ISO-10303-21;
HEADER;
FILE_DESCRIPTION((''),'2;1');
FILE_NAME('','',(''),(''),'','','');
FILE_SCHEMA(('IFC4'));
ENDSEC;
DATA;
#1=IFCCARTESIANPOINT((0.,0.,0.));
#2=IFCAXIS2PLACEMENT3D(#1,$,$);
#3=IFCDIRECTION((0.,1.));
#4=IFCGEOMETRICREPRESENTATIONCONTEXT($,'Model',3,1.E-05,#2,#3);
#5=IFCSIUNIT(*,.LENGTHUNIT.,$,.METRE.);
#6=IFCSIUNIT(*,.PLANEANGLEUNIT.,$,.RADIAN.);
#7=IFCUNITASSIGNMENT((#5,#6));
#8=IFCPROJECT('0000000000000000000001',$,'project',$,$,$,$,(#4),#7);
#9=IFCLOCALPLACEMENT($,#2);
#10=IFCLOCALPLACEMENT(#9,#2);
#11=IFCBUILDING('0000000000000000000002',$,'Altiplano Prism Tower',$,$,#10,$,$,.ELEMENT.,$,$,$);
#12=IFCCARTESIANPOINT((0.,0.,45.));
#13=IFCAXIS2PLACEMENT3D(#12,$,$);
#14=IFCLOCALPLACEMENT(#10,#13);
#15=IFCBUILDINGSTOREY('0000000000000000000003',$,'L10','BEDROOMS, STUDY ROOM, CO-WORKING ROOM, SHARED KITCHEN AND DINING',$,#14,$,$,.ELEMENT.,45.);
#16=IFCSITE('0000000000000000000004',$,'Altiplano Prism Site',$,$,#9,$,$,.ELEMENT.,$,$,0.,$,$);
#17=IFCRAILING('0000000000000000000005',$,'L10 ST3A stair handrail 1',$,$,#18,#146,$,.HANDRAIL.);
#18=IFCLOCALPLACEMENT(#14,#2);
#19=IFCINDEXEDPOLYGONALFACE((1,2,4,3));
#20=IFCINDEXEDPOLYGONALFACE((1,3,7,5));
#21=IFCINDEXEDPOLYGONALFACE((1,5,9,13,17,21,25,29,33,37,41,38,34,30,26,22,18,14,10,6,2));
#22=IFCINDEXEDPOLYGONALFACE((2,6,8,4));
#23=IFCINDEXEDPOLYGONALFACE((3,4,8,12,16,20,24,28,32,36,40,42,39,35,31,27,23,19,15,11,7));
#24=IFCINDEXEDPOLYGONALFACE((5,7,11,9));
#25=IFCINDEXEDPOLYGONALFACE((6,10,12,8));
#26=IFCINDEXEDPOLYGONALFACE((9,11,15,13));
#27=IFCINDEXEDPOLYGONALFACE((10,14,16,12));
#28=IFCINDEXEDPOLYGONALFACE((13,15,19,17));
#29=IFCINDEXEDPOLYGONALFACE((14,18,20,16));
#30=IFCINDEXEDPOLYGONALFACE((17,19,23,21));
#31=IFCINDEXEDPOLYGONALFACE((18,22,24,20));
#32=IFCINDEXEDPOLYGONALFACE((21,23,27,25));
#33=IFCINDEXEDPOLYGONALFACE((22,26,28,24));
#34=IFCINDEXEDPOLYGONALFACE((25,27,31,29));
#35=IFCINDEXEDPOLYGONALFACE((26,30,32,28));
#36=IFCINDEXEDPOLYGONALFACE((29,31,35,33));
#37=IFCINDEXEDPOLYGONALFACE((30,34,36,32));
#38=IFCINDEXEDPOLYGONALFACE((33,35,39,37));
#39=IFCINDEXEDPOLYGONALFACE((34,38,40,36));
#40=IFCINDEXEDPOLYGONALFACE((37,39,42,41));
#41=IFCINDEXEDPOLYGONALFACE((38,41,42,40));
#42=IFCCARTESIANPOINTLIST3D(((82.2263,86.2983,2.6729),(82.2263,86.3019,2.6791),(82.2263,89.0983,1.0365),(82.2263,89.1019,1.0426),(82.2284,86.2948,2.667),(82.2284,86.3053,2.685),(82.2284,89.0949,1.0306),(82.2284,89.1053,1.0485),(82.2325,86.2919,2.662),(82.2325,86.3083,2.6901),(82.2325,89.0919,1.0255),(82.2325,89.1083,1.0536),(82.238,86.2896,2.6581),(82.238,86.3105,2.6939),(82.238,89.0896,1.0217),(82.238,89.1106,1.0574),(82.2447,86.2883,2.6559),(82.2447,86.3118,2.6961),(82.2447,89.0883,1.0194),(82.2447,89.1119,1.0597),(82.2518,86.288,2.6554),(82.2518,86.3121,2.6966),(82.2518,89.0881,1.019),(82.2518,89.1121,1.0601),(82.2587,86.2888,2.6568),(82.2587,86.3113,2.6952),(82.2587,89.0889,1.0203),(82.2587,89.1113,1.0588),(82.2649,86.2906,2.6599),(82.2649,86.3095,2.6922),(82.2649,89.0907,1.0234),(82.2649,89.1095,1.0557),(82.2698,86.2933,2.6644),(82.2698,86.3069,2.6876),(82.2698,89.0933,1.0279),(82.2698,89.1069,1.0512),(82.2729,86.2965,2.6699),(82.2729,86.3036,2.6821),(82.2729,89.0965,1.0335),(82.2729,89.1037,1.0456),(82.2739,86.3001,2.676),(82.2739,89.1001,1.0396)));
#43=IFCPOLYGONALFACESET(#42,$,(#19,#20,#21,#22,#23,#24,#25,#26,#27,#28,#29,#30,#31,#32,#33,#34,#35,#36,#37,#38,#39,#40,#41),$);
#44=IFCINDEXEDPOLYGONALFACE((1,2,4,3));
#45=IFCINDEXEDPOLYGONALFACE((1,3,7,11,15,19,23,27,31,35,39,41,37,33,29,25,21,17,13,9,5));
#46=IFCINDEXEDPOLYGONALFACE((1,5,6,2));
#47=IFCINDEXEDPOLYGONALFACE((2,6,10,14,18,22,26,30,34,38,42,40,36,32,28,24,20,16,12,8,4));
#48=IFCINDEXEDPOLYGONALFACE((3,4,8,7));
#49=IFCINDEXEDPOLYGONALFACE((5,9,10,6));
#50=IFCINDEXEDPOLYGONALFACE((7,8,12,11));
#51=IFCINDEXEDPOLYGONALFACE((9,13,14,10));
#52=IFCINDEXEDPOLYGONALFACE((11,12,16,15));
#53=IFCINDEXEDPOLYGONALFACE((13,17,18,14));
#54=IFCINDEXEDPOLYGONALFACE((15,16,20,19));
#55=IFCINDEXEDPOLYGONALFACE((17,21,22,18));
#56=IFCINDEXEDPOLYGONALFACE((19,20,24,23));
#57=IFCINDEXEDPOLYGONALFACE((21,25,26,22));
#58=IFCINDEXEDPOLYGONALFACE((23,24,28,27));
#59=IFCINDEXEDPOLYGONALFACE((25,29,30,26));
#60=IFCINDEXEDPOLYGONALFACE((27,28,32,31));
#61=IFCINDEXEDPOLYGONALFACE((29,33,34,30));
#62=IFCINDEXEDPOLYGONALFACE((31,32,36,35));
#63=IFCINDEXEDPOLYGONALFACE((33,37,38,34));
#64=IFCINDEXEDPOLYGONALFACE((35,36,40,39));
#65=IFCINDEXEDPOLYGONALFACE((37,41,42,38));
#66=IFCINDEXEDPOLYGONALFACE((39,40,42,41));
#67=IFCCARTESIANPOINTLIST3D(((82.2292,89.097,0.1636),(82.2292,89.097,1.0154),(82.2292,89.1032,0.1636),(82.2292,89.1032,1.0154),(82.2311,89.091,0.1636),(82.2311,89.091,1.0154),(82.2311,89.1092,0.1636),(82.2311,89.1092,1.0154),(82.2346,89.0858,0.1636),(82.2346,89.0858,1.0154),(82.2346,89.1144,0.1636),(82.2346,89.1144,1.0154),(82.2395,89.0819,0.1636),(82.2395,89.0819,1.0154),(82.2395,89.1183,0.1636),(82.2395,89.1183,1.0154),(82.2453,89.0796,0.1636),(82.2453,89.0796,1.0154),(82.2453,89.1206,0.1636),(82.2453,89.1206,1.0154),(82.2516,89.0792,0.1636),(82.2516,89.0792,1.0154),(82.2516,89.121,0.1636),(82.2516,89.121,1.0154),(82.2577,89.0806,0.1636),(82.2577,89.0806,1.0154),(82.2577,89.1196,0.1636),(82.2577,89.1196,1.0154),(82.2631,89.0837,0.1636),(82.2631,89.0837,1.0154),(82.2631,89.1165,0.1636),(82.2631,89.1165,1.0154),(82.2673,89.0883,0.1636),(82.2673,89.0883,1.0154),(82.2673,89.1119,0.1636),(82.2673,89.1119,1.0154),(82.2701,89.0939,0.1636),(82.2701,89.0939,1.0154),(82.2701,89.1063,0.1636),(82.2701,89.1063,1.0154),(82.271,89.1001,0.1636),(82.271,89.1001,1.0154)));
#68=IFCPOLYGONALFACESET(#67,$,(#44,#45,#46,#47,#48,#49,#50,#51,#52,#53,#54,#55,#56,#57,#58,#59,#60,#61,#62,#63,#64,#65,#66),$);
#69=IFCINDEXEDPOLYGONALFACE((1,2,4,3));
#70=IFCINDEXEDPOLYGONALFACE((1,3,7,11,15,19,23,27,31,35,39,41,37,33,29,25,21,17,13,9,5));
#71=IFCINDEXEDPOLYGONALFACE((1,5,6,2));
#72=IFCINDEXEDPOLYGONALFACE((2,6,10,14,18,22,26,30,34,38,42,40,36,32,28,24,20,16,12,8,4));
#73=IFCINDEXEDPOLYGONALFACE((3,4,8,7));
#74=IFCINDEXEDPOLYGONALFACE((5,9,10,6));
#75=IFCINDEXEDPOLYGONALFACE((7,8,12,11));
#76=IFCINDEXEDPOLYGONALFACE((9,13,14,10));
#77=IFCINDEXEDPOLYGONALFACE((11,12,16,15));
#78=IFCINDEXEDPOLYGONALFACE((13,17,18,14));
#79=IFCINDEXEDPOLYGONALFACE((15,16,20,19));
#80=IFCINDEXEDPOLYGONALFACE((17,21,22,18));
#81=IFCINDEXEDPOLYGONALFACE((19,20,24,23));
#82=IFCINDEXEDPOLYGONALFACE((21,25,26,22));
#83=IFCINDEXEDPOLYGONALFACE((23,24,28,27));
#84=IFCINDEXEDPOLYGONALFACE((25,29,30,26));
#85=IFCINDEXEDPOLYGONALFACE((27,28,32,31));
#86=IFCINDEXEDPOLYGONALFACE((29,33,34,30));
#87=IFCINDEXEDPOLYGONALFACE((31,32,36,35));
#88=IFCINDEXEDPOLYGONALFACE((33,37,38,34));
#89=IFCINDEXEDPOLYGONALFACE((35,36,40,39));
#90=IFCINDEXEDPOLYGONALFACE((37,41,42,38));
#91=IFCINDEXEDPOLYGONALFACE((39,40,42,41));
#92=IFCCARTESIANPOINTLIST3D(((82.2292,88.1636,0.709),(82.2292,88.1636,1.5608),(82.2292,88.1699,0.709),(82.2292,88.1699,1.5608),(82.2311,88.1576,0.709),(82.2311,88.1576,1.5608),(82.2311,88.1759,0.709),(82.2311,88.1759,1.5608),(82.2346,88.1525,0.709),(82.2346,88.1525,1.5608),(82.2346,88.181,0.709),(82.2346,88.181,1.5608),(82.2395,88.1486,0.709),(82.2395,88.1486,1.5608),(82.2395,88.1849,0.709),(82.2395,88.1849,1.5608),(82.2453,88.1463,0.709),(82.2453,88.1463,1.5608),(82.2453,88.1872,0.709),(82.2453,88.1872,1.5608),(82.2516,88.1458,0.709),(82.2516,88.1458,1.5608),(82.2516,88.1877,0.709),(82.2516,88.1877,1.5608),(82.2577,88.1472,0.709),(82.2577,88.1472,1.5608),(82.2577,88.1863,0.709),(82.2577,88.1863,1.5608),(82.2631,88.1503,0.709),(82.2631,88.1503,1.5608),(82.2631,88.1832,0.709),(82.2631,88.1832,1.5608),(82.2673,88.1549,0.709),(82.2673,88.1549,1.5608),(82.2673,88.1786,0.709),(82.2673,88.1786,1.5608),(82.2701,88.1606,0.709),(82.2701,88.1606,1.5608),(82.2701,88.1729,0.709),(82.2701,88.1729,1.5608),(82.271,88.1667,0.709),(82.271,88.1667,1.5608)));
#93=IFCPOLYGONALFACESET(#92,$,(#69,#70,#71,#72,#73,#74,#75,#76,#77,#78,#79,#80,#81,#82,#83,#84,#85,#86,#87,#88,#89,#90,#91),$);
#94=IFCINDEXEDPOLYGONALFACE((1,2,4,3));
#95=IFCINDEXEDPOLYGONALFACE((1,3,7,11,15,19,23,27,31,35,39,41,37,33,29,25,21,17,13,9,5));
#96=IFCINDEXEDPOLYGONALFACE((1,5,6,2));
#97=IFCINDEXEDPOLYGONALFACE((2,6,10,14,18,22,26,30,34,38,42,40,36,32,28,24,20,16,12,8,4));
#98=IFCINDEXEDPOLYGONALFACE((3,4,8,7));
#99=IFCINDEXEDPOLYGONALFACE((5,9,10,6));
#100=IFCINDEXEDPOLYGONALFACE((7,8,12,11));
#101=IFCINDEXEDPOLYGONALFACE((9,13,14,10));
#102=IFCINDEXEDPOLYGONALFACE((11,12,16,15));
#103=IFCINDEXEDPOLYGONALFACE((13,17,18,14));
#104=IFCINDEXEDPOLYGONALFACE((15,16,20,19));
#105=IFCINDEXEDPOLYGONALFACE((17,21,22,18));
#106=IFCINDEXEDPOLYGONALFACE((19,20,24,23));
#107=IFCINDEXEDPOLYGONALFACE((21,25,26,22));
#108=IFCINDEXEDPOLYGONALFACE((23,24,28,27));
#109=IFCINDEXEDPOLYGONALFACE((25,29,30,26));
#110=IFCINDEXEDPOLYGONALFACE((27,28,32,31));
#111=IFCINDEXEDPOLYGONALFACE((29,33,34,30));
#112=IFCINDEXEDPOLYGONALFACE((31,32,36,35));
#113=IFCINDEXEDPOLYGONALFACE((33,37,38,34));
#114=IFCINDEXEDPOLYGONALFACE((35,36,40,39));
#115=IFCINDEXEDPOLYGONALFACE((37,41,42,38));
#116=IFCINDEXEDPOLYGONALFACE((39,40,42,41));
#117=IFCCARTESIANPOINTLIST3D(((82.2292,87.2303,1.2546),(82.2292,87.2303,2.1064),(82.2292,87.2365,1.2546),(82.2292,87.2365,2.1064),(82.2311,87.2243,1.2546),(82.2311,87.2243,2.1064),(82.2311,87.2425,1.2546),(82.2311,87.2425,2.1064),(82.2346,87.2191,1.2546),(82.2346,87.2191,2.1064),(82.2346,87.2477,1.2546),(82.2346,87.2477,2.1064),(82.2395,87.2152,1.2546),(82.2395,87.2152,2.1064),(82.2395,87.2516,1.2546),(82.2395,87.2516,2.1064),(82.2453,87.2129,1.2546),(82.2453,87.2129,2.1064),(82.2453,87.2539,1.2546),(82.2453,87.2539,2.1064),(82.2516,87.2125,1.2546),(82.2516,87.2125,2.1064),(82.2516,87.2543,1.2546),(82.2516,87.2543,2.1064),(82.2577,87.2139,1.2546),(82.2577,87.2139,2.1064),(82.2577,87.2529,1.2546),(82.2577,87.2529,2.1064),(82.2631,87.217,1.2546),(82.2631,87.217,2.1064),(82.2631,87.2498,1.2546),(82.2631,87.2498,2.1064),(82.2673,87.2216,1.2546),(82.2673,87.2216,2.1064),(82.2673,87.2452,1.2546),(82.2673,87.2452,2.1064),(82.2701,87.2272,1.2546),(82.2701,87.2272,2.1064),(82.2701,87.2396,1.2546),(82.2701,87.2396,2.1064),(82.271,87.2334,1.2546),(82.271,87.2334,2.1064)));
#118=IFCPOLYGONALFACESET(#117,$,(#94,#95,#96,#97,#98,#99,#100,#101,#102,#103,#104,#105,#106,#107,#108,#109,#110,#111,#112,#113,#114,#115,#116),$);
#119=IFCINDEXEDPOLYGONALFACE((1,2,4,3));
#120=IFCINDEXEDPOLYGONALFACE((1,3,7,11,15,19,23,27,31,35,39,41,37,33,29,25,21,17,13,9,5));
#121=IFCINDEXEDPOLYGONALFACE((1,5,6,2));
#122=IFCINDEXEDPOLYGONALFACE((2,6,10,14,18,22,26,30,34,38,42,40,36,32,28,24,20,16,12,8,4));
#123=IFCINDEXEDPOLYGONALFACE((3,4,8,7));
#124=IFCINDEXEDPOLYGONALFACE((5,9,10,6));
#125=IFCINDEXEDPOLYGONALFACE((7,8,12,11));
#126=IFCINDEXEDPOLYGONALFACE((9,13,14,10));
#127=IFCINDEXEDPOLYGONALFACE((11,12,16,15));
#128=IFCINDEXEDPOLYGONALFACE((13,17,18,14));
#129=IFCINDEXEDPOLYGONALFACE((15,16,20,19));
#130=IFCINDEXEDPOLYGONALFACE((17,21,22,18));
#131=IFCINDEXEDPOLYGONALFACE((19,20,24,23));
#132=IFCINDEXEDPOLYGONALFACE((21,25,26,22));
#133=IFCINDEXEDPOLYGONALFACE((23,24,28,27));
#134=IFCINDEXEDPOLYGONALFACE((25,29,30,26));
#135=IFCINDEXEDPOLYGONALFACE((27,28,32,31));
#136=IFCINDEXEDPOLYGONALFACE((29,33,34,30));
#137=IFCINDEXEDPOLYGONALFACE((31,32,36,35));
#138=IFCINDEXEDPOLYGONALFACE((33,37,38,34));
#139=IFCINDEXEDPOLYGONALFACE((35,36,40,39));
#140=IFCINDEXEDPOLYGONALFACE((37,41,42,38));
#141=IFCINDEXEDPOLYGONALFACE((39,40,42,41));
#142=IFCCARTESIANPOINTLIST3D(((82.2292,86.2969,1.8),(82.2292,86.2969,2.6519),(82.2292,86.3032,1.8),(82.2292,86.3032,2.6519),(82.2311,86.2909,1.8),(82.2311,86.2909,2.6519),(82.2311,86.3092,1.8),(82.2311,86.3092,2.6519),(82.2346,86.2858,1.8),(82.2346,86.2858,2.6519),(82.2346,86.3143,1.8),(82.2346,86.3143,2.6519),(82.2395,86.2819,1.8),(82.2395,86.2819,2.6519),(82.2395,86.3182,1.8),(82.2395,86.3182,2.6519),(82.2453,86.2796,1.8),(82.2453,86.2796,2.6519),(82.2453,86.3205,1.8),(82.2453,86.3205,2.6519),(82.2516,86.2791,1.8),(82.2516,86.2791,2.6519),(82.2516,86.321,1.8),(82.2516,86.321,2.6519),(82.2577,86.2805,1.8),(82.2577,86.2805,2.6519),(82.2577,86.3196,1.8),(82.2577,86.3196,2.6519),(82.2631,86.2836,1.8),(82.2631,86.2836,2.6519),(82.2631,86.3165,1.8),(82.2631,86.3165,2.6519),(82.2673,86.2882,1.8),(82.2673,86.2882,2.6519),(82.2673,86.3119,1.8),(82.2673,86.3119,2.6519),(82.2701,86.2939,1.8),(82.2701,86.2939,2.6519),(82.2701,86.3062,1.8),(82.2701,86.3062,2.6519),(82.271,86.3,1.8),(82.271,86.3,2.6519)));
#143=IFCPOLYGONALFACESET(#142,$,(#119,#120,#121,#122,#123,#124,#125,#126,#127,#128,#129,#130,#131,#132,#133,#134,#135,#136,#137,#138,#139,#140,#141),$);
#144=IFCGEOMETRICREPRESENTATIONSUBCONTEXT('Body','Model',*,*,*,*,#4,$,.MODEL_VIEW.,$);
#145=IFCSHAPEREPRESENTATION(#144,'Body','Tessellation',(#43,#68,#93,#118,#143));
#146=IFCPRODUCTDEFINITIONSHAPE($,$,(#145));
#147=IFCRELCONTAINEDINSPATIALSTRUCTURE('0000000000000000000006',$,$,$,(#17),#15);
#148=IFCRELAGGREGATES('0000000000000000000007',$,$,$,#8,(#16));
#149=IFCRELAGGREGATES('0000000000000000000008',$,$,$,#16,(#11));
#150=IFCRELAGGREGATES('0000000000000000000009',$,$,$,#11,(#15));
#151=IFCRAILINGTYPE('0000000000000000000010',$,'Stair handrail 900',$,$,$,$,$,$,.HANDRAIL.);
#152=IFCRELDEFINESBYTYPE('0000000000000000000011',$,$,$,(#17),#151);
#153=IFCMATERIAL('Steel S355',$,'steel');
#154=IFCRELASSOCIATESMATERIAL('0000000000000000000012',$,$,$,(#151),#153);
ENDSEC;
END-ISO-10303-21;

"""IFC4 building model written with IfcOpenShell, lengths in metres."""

from ifc_helpers import new_model, si_unit, direction, frame, origin, origin_2d, place, context, subcontext, project, spatial, circle, extrude, material, type_object, element, save


model = new_model("IFC4")

# Units and contexts
model_context = context("Model", 3, precision=1e-05, world=origin(), true_north=direction((0.0, 1.0)))
body_context = subcontext(model_context, "Body", "Model", "MODEL_VIEW")
ifc_project = project(units=[si_unit("LENGTHUNIT", "METRE"), si_unit("PLANEANGLEUNIT", "RADIAN")], contexts=[model_context])

# Site, building, storey
site_placement = place(None, origin())
site = spatial("IfcSite", under=ifc_project, at=site_placement, Name="Altiplano Prism Site", CompositionType="ELEMENT", RefElevation=0.0)
building_placement = place(site_placement, origin())
building = spatial("IfcBuilding", under=site, at=building_placement, Name="Altiplano Prism Tower", CompositionType="ELEMENT")
storey_placement = place(building_placement, frame((0.0, 0.0, 45.0)))
storey = spatial("IfcBuildingStorey", under=building, at=storey_placement, Name="L10", Description="BEDROOMS, STUDY ROOM, CO-WORKING ROOM, SHARED KITCHEN AND DINING", CompositionType="ELEMENT", Elevation=45.0)

# Railing
ifc_material_1 = material(Name="Steel S355", Category="steel")
railing_type_1 = type_object("IfcRailingType", Name="Stair handrail 900", PredefinedType="HANDRAIL", material=ifc_material_1)
railing_1_placement = place(storey_placement, frame((82.25, 89.1001, 0.1636)))
element("IfcRailing", 1, at=railing_1_placement, inside=storey, type_object=railing_type_1, Name="L10 ST3A stair handrail 1", PredefinedType="HANDRAIL", context=body_context, shape_type="SweptSolid", body=[
    extrude(circle(Radius=0.0239, at=origin_2d()), frame((0.0, 0.0, 0.876), z_axis=(0.0, -0.863361, 0.504587), x_axis=(1.0, 0.0, 0.0)), (0.0, 0.0, 1.0), 3.2432),
    extrude(circle(Radius=0.021, at=origin_2d()), origin(), (0.0, 0.0, 1.0), 0.8518),
    extrude(circle(Radius=0.021, at=origin_2d()), frame((0.0, -0.9333, 0.5454)), (0.0, 0.0, 1.0), 0.8518),
    extrude(circle(Radius=0.021, at=origin_2d()), frame((0.0, -1.8667, 1.0911)), (0.0, 0.0, 1.0), 0.8518),
    extrude(circle(Radius=0.021, at=origin_2d()), frame((0.0, -2.8, 1.6365)), (0.0, 0.0, 1.0), 0.8518),
])

save(model, "model.ifc")
